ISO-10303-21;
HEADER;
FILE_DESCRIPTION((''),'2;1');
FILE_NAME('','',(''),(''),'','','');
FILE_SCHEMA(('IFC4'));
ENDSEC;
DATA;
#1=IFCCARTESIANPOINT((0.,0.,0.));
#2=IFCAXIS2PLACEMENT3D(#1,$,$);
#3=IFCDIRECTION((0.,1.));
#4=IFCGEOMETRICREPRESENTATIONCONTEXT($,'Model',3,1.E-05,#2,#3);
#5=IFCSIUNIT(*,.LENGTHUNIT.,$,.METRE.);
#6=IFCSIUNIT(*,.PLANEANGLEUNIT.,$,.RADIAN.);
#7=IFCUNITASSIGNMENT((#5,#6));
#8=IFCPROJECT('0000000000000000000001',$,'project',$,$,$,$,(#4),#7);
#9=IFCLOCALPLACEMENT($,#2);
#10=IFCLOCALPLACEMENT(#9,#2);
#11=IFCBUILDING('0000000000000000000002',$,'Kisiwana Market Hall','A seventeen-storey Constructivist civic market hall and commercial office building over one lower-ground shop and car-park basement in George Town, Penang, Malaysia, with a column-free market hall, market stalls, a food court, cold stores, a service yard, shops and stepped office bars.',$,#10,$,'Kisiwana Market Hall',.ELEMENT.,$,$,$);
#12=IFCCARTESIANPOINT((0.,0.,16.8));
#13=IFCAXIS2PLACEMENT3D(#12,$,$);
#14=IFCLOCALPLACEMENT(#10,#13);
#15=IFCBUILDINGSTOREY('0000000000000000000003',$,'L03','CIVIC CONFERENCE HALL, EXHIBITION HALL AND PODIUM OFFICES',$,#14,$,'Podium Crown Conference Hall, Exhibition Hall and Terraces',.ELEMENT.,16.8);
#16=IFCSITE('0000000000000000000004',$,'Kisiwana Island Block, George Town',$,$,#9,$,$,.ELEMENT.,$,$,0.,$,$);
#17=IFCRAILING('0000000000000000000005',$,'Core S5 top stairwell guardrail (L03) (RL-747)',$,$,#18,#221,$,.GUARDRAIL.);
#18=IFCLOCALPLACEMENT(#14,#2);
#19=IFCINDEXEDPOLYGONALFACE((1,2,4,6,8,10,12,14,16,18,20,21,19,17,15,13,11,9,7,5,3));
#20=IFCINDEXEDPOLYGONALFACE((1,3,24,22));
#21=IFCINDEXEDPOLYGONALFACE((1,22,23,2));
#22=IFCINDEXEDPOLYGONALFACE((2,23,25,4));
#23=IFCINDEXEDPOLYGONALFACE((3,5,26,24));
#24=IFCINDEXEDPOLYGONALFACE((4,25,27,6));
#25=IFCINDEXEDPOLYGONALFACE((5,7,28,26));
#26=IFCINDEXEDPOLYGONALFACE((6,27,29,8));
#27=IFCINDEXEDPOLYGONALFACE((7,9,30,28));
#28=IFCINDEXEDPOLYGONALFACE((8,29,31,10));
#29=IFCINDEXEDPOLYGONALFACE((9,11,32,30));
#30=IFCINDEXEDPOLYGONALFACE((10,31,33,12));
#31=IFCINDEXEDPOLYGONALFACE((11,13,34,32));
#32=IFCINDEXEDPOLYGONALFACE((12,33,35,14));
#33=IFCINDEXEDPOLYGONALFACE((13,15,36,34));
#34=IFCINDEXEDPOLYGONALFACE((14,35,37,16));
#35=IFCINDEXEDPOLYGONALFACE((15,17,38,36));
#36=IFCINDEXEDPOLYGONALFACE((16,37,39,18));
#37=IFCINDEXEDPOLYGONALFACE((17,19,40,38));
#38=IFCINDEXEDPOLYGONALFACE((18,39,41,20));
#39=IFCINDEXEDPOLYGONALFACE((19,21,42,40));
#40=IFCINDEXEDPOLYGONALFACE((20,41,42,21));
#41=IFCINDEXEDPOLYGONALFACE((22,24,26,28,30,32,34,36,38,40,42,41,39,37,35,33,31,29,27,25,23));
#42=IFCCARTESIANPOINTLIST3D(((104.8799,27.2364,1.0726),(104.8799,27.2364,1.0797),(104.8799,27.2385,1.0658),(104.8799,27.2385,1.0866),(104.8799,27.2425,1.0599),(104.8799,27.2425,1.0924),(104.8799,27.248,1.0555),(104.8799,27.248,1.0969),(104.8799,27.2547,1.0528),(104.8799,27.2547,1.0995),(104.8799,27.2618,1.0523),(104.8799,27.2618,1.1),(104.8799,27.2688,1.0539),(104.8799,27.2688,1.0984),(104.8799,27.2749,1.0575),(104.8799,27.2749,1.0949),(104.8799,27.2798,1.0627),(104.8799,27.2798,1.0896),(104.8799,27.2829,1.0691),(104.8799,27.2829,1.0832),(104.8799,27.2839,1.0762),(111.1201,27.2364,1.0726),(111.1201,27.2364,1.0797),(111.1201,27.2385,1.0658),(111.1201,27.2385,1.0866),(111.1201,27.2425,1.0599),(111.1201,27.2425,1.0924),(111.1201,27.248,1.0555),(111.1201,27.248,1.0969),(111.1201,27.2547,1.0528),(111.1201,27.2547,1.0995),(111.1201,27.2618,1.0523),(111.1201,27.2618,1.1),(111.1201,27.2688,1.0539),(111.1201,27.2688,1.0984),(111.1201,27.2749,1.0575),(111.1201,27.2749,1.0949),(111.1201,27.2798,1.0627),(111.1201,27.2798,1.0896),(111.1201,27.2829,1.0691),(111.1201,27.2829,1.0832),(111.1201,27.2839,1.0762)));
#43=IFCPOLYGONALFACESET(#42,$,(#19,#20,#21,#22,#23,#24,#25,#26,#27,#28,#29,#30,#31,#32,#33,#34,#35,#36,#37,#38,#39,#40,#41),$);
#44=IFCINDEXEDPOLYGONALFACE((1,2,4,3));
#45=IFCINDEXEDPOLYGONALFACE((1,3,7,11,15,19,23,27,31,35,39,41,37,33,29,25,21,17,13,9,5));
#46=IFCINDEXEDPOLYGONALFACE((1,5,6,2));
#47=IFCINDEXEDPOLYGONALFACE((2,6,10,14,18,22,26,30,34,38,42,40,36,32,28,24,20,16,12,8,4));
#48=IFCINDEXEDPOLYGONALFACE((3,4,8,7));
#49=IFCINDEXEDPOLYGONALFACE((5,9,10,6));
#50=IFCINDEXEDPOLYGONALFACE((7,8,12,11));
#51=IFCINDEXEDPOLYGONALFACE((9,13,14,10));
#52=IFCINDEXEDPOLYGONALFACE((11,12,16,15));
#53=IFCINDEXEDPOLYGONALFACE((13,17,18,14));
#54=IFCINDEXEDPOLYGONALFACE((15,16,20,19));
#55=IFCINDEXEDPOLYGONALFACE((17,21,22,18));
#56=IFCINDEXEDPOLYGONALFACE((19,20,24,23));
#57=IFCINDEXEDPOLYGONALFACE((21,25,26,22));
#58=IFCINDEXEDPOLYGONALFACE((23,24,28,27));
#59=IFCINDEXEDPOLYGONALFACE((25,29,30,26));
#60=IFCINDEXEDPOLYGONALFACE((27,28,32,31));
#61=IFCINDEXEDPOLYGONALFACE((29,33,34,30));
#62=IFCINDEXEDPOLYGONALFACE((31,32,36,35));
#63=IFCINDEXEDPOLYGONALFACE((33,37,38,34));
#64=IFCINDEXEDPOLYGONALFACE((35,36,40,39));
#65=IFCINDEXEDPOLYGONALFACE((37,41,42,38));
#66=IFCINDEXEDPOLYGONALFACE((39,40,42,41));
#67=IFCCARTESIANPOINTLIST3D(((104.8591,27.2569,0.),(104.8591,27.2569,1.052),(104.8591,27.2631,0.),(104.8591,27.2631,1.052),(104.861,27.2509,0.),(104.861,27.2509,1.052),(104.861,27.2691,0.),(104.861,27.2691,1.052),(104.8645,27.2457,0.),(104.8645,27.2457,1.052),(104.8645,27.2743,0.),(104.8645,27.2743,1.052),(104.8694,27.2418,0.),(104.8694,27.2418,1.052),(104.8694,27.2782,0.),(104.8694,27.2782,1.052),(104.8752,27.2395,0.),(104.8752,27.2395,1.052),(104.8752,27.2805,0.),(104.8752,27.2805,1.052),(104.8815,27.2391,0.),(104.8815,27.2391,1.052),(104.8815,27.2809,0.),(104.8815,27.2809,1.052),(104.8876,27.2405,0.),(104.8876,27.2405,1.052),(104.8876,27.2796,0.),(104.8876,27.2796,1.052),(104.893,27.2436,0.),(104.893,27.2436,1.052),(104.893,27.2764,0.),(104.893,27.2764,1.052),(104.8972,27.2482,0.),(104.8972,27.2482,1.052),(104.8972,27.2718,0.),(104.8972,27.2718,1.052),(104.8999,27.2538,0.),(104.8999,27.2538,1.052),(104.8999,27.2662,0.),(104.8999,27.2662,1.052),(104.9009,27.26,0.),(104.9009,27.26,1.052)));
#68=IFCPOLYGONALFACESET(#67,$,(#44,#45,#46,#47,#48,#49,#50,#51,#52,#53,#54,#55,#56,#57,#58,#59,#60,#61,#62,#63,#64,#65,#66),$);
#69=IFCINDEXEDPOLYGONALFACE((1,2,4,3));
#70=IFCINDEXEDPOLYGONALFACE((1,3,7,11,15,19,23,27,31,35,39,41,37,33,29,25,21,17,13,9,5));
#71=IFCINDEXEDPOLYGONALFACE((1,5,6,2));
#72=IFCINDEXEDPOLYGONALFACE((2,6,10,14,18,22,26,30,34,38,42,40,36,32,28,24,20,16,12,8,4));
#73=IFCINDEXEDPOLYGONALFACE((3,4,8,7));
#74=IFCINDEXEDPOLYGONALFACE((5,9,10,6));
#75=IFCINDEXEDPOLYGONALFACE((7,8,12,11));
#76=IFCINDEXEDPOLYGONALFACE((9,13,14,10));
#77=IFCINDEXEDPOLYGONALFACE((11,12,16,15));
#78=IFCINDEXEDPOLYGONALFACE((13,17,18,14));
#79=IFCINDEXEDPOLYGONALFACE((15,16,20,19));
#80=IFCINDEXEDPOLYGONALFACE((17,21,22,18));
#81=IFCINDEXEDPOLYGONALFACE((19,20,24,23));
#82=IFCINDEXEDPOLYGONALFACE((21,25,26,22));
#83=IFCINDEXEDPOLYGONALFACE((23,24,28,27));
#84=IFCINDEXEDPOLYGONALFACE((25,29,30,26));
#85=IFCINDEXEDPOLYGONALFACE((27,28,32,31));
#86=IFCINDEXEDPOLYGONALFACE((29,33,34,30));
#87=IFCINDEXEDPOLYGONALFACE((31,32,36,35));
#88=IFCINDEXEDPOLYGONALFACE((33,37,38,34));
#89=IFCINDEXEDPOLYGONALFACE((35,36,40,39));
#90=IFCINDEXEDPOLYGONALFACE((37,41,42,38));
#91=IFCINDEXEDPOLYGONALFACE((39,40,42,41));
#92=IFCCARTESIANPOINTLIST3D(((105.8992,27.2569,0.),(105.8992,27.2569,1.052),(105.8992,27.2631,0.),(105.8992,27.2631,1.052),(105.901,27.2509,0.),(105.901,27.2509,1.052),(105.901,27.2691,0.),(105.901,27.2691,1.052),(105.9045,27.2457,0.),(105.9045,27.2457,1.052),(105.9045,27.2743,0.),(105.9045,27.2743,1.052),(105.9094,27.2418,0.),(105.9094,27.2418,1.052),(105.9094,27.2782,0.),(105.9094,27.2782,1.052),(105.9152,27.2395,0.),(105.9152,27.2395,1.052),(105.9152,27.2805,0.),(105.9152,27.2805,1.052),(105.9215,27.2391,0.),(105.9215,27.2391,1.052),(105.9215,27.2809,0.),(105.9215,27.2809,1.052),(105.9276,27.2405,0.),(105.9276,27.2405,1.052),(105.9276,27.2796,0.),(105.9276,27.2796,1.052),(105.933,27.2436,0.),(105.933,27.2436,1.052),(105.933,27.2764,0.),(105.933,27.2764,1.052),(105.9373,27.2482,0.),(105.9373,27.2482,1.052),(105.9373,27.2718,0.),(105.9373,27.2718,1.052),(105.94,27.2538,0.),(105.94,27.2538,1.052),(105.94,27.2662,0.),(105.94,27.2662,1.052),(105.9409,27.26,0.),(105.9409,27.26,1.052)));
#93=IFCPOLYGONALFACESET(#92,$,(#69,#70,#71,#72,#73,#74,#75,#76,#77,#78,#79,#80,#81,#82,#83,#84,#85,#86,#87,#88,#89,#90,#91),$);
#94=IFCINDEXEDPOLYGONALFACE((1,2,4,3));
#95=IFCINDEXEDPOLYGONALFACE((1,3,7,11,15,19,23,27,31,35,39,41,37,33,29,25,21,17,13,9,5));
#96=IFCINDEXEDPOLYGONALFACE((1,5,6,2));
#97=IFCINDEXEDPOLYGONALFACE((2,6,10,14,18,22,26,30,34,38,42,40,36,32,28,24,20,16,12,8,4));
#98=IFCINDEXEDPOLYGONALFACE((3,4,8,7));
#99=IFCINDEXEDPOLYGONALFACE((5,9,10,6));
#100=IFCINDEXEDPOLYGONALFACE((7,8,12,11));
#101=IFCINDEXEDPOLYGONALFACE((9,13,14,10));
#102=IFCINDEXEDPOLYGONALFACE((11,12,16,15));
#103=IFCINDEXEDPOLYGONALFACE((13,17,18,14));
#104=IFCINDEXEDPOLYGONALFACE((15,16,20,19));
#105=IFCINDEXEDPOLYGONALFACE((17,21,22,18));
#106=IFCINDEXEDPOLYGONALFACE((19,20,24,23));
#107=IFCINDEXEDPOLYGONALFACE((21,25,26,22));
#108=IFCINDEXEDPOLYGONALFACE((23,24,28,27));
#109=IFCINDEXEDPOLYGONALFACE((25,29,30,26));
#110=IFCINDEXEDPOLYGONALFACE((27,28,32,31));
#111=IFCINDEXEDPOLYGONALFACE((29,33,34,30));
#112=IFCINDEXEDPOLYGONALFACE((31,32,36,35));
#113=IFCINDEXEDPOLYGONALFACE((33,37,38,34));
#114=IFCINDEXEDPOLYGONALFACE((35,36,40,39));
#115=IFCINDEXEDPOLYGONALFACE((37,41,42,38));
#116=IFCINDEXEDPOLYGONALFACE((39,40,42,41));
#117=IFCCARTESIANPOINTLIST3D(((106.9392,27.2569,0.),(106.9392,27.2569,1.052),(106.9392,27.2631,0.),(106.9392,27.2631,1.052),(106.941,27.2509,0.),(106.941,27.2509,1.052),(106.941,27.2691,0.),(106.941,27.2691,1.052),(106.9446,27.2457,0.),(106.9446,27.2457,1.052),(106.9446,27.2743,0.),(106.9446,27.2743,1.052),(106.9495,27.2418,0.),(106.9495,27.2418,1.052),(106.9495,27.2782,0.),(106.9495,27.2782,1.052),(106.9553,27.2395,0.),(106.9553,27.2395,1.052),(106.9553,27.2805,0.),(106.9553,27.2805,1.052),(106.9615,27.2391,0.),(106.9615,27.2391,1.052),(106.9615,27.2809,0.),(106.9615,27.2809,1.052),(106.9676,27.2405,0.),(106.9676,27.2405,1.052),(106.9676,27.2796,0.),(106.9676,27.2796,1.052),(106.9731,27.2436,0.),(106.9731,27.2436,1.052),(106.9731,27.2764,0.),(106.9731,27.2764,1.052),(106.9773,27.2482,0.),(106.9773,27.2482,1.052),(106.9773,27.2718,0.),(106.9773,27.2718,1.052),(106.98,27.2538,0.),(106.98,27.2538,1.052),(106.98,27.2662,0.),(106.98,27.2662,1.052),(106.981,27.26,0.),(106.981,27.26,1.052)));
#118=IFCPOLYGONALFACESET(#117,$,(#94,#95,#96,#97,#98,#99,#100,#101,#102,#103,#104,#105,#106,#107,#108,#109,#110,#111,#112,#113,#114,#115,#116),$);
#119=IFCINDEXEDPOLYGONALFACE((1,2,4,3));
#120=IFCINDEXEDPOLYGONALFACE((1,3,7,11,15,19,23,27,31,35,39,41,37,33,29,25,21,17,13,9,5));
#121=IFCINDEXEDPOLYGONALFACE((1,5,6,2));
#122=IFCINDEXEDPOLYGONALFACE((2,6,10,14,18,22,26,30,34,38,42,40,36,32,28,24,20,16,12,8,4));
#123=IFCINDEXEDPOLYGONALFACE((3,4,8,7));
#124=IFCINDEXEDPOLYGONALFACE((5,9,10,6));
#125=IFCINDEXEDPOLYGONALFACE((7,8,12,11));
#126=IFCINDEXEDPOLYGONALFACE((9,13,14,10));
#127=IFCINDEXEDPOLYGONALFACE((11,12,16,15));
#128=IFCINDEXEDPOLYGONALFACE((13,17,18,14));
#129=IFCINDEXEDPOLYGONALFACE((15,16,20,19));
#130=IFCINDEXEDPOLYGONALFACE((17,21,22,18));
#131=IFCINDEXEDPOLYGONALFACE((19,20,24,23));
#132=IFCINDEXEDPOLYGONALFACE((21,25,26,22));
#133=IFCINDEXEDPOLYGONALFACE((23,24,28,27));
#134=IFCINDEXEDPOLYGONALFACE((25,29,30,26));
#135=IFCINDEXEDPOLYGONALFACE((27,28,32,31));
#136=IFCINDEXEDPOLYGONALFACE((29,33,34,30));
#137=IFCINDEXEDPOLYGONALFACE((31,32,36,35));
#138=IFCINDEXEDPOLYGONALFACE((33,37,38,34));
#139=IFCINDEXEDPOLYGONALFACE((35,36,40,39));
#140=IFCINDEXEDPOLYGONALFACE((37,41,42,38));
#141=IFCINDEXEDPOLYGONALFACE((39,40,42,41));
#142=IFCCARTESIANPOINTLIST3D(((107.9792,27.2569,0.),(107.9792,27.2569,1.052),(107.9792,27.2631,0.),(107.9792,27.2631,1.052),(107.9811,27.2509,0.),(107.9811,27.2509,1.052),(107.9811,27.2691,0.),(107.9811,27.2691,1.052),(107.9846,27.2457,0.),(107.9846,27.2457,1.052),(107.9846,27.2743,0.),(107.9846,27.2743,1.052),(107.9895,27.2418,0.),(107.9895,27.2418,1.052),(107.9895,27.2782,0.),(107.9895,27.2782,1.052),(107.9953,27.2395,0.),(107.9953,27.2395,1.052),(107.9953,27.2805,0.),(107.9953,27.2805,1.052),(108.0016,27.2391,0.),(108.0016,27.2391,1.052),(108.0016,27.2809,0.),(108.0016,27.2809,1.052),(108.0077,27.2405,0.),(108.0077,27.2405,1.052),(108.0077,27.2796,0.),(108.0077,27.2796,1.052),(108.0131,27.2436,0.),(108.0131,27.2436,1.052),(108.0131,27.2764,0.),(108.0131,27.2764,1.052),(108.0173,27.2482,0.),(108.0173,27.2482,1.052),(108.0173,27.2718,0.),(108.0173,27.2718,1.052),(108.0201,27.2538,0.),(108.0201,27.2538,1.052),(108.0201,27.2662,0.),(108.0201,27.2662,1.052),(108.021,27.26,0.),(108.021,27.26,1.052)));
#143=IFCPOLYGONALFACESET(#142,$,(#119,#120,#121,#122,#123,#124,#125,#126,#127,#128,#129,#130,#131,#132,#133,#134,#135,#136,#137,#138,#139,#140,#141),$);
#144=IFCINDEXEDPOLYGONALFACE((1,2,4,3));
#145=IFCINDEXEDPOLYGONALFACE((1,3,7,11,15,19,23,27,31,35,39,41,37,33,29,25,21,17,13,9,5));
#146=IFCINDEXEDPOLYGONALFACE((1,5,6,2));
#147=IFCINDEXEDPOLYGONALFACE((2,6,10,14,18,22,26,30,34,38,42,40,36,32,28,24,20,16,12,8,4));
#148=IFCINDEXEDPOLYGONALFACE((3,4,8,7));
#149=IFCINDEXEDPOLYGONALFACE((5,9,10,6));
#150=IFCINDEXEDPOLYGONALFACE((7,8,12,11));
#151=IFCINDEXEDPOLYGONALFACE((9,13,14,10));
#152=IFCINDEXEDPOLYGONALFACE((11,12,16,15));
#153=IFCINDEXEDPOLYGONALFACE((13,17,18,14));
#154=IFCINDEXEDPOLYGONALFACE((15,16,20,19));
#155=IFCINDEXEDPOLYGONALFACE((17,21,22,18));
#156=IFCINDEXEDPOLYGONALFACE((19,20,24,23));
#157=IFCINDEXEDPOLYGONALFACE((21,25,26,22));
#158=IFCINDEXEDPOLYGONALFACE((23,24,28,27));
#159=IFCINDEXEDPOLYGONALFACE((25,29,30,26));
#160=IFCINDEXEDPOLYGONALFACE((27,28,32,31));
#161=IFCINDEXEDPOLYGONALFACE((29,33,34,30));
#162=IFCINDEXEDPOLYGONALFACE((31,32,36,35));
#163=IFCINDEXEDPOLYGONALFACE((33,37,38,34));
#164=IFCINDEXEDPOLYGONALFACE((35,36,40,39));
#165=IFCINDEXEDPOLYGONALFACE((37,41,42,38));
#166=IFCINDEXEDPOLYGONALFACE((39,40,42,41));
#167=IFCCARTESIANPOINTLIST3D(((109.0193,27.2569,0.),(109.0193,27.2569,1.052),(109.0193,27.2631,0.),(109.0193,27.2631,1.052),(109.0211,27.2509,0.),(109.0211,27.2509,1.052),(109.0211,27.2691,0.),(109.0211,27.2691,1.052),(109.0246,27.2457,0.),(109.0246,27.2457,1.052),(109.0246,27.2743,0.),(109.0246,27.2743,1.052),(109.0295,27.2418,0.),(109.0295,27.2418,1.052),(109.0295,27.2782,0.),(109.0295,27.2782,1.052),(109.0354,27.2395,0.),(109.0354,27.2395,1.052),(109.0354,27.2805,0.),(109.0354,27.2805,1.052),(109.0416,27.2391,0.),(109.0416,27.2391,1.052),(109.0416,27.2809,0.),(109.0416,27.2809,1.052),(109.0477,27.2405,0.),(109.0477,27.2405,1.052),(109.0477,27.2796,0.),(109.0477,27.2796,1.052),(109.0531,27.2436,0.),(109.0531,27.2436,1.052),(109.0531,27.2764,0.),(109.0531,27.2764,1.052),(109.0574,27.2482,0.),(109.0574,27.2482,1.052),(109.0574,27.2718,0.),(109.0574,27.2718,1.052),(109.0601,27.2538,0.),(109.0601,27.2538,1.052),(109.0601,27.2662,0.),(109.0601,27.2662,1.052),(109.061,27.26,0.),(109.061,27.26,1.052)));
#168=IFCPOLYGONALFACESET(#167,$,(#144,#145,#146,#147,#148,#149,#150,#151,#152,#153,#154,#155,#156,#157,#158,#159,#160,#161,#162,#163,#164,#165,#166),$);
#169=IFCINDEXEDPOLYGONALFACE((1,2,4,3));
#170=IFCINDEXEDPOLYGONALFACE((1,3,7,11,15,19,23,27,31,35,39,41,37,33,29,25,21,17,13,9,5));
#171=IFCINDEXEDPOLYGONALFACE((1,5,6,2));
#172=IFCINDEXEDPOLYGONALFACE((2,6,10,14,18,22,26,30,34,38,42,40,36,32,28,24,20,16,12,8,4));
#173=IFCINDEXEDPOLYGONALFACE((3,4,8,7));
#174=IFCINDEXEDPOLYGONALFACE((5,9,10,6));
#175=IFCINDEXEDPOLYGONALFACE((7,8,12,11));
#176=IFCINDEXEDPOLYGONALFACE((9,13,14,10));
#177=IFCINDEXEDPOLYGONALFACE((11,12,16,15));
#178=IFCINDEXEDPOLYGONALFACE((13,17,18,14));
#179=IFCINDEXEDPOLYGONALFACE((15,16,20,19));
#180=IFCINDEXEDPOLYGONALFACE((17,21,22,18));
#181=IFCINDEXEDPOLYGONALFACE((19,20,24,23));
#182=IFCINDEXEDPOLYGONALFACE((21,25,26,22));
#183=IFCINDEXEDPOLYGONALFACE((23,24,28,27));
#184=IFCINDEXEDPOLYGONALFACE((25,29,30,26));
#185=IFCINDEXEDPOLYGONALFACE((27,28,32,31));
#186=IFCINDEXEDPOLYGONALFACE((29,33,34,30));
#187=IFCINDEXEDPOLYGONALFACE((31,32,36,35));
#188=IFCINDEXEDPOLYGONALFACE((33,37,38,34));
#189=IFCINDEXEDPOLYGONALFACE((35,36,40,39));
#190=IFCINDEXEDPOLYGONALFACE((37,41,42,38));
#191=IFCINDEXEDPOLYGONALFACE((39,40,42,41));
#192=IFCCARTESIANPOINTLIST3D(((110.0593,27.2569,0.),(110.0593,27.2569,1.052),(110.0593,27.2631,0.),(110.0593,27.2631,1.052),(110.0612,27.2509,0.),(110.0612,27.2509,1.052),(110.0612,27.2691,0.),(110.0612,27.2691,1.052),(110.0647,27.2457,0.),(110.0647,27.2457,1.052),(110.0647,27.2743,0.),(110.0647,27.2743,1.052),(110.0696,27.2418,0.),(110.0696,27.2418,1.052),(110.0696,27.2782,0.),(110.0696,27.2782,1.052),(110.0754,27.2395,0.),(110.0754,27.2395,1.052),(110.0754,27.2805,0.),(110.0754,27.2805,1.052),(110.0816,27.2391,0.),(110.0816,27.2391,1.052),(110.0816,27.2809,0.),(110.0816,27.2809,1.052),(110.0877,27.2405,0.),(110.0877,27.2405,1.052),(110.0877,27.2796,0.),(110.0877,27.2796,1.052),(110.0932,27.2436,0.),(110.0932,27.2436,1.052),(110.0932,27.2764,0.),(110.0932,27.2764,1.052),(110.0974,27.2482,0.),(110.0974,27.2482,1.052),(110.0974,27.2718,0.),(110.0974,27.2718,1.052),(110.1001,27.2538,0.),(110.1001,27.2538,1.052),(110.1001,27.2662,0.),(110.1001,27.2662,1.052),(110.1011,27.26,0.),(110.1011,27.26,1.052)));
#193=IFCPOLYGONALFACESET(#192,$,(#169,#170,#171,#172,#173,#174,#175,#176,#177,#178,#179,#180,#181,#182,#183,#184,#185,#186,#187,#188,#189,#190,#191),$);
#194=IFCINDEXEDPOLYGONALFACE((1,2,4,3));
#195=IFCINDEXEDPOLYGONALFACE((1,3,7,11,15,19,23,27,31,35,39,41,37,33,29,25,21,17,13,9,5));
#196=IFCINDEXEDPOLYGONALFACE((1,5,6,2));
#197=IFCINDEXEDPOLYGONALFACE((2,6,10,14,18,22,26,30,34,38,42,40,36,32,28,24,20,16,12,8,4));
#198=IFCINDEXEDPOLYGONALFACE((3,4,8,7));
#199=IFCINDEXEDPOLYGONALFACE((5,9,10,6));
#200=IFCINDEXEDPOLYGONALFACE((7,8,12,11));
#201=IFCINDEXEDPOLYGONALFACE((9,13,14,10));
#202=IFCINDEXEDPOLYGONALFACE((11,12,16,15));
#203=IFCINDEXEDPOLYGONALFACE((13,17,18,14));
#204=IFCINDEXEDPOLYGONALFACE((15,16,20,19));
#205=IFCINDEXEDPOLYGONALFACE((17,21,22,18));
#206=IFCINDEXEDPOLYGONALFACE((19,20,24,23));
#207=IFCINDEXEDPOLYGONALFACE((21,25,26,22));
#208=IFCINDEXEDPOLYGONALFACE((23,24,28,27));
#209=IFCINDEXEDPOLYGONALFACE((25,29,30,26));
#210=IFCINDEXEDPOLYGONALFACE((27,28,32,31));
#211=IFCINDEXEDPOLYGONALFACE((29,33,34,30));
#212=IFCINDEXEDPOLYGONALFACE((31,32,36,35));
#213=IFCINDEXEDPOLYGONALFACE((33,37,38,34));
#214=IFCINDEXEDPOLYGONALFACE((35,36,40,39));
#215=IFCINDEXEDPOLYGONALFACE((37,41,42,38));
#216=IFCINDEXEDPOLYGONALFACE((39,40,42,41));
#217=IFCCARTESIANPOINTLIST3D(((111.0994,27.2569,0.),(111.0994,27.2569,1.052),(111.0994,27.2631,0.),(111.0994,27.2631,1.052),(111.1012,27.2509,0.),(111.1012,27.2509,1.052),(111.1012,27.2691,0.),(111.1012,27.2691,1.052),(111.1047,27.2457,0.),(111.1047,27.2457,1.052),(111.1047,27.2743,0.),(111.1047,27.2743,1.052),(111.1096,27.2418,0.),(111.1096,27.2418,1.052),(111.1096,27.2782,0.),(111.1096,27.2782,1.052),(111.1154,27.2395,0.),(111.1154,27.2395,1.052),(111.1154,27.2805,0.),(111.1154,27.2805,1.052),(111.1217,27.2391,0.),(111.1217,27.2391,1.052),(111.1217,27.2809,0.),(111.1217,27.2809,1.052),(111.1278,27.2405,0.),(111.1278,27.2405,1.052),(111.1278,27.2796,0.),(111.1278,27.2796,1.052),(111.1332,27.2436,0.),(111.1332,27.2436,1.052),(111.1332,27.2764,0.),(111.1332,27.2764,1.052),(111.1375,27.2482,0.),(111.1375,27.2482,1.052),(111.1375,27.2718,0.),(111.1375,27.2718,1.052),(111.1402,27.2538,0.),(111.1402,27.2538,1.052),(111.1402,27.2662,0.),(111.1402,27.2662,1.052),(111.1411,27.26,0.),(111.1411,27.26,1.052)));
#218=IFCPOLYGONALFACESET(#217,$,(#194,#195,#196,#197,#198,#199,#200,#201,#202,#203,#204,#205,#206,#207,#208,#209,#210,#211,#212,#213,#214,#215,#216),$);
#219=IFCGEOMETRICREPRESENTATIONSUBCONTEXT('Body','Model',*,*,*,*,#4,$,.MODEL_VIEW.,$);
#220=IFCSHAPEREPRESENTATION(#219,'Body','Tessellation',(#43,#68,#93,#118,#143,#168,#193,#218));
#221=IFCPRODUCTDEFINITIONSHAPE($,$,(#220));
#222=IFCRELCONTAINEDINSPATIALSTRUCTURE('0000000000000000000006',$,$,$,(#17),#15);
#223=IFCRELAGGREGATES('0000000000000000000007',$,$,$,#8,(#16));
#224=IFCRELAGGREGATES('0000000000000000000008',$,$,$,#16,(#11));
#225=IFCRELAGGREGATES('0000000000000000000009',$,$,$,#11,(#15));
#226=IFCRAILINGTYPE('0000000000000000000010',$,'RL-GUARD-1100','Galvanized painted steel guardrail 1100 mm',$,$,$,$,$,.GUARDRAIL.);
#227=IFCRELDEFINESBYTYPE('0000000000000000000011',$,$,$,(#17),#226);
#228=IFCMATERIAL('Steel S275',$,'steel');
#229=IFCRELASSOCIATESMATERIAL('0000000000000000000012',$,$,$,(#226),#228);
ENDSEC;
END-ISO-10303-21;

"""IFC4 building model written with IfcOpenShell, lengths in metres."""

from ifc_helpers import new_model, si_unit, direction, frame, origin, origin_2d, place, context, subcontext, project, spatial, circle, extrude, material, type_object, element, save


model = new_model("IFC4")

# Units and contexts
model_context = context("Model", 3, precision=1e-05, world=origin(), true_north=direction((0.0, 1.0)))
body_context = subcontext(model_context, "Body", "Model", "MODEL_VIEW")
ifc_project = project(units=[si_unit("LENGTHUNIT", "METRE"), si_unit("PLANEANGLEUNIT", "RADIAN")], contexts=[model_context])

# Site, building, storey
site_placement = place(None, origin())
site = spatial("IfcSite", under=ifc_project, at=site_placement, Name="Kisiwana Island Block, George Town", CompositionType="ELEMENT", RefElevation=0.0)
building_placement = place(site_placement, origin())
building = spatial("IfcBuilding", under=site, at=building_placement, Name="Kisiwana Market Hall", Description="A seventeen-storey Constructivist civic market hall and commercial office building over one lower-ground shop and car-park basement in George Town, Penang, Malaysia, with a column-free market hall, market stalls, a food court, cold stores, a service yard, shops and stepped office bars.", LongName="Kisiwana Market Hall", CompositionType="ELEMENT")
storey_placement = place(building_placement, frame((0.0, 0.0, 16.8)))
storey = spatial("IfcBuildingStorey", under=building, at=storey_placement, Name="L03", Description="CIVIC CONFERENCE HALL, EXHIBITION HALL AND PODIUM OFFICES", LongName="Podium Crown Conference Hall, Exhibition Hall and Terraces", CompositionType="ELEMENT", Elevation=16.8)

# Railing
ifc_material_1 = material(Name="Steel S275", Category="steel")
railing_type = type_object("IfcRailingType", Name="RL-GUARD-1100", Description="Galvanized painted steel guardrail 1100 mm", PredefinedType="GUARDRAIL", material=ifc_material_1)
railing_placement = place(storey_placement, frame((104.8799, 27.26, 0.0)))
element("IfcRailing", 1, at=railing_placement, inside=storey, type_object=railing_type, Name="Core S5 top stairwell guardrail (L03) (RL-747)", PredefinedType="GUARDRAIL", context=body_context, shape_type="SweptSolid", body=[
    extrude(circle(Radius=0.0239, at=origin_2d()), frame((0.0, 0.0, 1.0762), z_axis=(1.0, 0.0, 0.0), x_axis=(0.0, 1.0, 0.0)), (0.0, 0.0, 1.0), 6.2402),
    extrude(circle(Radius=0.021, at=origin_2d()), origin(), (0.0, 0.0, 1.0), 1.052),
    extrude(circle(Radius=0.021, at=origin_2d()), frame((1.04, 0.0, 0.0)), (0.0, 0.0, 1.0), 1.052),
    extrude(circle(Radius=0.021, at=origin_2d()), frame((2.0801, 0.0, 0.0)), (0.0, 0.0, 1.0), 1.052),
    extrude(circle(Radius=0.021, at=origin_2d()), frame((3.1201, 0.0, 0.0)), (0.0, 0.0, 1.0), 1.052),
    extrude(circle(Radius=0.021, at=origin_2d()), frame((4.1602, 0.0, 0.0)), (0.0, 0.0, 1.0), 1.052),
    extrude(circle(Radius=0.021, at=origin_2d()), frame((5.2002, 0.0, 0.0)), (0.0, 0.0, 1.0), 1.052),
    extrude(circle(Radius=0.021, at=origin_2d()), frame((6.2402, 0.0, 0.0)), (0.0, 0.0, 1.0), 1.052),
])

save(model, "model.ifc")
